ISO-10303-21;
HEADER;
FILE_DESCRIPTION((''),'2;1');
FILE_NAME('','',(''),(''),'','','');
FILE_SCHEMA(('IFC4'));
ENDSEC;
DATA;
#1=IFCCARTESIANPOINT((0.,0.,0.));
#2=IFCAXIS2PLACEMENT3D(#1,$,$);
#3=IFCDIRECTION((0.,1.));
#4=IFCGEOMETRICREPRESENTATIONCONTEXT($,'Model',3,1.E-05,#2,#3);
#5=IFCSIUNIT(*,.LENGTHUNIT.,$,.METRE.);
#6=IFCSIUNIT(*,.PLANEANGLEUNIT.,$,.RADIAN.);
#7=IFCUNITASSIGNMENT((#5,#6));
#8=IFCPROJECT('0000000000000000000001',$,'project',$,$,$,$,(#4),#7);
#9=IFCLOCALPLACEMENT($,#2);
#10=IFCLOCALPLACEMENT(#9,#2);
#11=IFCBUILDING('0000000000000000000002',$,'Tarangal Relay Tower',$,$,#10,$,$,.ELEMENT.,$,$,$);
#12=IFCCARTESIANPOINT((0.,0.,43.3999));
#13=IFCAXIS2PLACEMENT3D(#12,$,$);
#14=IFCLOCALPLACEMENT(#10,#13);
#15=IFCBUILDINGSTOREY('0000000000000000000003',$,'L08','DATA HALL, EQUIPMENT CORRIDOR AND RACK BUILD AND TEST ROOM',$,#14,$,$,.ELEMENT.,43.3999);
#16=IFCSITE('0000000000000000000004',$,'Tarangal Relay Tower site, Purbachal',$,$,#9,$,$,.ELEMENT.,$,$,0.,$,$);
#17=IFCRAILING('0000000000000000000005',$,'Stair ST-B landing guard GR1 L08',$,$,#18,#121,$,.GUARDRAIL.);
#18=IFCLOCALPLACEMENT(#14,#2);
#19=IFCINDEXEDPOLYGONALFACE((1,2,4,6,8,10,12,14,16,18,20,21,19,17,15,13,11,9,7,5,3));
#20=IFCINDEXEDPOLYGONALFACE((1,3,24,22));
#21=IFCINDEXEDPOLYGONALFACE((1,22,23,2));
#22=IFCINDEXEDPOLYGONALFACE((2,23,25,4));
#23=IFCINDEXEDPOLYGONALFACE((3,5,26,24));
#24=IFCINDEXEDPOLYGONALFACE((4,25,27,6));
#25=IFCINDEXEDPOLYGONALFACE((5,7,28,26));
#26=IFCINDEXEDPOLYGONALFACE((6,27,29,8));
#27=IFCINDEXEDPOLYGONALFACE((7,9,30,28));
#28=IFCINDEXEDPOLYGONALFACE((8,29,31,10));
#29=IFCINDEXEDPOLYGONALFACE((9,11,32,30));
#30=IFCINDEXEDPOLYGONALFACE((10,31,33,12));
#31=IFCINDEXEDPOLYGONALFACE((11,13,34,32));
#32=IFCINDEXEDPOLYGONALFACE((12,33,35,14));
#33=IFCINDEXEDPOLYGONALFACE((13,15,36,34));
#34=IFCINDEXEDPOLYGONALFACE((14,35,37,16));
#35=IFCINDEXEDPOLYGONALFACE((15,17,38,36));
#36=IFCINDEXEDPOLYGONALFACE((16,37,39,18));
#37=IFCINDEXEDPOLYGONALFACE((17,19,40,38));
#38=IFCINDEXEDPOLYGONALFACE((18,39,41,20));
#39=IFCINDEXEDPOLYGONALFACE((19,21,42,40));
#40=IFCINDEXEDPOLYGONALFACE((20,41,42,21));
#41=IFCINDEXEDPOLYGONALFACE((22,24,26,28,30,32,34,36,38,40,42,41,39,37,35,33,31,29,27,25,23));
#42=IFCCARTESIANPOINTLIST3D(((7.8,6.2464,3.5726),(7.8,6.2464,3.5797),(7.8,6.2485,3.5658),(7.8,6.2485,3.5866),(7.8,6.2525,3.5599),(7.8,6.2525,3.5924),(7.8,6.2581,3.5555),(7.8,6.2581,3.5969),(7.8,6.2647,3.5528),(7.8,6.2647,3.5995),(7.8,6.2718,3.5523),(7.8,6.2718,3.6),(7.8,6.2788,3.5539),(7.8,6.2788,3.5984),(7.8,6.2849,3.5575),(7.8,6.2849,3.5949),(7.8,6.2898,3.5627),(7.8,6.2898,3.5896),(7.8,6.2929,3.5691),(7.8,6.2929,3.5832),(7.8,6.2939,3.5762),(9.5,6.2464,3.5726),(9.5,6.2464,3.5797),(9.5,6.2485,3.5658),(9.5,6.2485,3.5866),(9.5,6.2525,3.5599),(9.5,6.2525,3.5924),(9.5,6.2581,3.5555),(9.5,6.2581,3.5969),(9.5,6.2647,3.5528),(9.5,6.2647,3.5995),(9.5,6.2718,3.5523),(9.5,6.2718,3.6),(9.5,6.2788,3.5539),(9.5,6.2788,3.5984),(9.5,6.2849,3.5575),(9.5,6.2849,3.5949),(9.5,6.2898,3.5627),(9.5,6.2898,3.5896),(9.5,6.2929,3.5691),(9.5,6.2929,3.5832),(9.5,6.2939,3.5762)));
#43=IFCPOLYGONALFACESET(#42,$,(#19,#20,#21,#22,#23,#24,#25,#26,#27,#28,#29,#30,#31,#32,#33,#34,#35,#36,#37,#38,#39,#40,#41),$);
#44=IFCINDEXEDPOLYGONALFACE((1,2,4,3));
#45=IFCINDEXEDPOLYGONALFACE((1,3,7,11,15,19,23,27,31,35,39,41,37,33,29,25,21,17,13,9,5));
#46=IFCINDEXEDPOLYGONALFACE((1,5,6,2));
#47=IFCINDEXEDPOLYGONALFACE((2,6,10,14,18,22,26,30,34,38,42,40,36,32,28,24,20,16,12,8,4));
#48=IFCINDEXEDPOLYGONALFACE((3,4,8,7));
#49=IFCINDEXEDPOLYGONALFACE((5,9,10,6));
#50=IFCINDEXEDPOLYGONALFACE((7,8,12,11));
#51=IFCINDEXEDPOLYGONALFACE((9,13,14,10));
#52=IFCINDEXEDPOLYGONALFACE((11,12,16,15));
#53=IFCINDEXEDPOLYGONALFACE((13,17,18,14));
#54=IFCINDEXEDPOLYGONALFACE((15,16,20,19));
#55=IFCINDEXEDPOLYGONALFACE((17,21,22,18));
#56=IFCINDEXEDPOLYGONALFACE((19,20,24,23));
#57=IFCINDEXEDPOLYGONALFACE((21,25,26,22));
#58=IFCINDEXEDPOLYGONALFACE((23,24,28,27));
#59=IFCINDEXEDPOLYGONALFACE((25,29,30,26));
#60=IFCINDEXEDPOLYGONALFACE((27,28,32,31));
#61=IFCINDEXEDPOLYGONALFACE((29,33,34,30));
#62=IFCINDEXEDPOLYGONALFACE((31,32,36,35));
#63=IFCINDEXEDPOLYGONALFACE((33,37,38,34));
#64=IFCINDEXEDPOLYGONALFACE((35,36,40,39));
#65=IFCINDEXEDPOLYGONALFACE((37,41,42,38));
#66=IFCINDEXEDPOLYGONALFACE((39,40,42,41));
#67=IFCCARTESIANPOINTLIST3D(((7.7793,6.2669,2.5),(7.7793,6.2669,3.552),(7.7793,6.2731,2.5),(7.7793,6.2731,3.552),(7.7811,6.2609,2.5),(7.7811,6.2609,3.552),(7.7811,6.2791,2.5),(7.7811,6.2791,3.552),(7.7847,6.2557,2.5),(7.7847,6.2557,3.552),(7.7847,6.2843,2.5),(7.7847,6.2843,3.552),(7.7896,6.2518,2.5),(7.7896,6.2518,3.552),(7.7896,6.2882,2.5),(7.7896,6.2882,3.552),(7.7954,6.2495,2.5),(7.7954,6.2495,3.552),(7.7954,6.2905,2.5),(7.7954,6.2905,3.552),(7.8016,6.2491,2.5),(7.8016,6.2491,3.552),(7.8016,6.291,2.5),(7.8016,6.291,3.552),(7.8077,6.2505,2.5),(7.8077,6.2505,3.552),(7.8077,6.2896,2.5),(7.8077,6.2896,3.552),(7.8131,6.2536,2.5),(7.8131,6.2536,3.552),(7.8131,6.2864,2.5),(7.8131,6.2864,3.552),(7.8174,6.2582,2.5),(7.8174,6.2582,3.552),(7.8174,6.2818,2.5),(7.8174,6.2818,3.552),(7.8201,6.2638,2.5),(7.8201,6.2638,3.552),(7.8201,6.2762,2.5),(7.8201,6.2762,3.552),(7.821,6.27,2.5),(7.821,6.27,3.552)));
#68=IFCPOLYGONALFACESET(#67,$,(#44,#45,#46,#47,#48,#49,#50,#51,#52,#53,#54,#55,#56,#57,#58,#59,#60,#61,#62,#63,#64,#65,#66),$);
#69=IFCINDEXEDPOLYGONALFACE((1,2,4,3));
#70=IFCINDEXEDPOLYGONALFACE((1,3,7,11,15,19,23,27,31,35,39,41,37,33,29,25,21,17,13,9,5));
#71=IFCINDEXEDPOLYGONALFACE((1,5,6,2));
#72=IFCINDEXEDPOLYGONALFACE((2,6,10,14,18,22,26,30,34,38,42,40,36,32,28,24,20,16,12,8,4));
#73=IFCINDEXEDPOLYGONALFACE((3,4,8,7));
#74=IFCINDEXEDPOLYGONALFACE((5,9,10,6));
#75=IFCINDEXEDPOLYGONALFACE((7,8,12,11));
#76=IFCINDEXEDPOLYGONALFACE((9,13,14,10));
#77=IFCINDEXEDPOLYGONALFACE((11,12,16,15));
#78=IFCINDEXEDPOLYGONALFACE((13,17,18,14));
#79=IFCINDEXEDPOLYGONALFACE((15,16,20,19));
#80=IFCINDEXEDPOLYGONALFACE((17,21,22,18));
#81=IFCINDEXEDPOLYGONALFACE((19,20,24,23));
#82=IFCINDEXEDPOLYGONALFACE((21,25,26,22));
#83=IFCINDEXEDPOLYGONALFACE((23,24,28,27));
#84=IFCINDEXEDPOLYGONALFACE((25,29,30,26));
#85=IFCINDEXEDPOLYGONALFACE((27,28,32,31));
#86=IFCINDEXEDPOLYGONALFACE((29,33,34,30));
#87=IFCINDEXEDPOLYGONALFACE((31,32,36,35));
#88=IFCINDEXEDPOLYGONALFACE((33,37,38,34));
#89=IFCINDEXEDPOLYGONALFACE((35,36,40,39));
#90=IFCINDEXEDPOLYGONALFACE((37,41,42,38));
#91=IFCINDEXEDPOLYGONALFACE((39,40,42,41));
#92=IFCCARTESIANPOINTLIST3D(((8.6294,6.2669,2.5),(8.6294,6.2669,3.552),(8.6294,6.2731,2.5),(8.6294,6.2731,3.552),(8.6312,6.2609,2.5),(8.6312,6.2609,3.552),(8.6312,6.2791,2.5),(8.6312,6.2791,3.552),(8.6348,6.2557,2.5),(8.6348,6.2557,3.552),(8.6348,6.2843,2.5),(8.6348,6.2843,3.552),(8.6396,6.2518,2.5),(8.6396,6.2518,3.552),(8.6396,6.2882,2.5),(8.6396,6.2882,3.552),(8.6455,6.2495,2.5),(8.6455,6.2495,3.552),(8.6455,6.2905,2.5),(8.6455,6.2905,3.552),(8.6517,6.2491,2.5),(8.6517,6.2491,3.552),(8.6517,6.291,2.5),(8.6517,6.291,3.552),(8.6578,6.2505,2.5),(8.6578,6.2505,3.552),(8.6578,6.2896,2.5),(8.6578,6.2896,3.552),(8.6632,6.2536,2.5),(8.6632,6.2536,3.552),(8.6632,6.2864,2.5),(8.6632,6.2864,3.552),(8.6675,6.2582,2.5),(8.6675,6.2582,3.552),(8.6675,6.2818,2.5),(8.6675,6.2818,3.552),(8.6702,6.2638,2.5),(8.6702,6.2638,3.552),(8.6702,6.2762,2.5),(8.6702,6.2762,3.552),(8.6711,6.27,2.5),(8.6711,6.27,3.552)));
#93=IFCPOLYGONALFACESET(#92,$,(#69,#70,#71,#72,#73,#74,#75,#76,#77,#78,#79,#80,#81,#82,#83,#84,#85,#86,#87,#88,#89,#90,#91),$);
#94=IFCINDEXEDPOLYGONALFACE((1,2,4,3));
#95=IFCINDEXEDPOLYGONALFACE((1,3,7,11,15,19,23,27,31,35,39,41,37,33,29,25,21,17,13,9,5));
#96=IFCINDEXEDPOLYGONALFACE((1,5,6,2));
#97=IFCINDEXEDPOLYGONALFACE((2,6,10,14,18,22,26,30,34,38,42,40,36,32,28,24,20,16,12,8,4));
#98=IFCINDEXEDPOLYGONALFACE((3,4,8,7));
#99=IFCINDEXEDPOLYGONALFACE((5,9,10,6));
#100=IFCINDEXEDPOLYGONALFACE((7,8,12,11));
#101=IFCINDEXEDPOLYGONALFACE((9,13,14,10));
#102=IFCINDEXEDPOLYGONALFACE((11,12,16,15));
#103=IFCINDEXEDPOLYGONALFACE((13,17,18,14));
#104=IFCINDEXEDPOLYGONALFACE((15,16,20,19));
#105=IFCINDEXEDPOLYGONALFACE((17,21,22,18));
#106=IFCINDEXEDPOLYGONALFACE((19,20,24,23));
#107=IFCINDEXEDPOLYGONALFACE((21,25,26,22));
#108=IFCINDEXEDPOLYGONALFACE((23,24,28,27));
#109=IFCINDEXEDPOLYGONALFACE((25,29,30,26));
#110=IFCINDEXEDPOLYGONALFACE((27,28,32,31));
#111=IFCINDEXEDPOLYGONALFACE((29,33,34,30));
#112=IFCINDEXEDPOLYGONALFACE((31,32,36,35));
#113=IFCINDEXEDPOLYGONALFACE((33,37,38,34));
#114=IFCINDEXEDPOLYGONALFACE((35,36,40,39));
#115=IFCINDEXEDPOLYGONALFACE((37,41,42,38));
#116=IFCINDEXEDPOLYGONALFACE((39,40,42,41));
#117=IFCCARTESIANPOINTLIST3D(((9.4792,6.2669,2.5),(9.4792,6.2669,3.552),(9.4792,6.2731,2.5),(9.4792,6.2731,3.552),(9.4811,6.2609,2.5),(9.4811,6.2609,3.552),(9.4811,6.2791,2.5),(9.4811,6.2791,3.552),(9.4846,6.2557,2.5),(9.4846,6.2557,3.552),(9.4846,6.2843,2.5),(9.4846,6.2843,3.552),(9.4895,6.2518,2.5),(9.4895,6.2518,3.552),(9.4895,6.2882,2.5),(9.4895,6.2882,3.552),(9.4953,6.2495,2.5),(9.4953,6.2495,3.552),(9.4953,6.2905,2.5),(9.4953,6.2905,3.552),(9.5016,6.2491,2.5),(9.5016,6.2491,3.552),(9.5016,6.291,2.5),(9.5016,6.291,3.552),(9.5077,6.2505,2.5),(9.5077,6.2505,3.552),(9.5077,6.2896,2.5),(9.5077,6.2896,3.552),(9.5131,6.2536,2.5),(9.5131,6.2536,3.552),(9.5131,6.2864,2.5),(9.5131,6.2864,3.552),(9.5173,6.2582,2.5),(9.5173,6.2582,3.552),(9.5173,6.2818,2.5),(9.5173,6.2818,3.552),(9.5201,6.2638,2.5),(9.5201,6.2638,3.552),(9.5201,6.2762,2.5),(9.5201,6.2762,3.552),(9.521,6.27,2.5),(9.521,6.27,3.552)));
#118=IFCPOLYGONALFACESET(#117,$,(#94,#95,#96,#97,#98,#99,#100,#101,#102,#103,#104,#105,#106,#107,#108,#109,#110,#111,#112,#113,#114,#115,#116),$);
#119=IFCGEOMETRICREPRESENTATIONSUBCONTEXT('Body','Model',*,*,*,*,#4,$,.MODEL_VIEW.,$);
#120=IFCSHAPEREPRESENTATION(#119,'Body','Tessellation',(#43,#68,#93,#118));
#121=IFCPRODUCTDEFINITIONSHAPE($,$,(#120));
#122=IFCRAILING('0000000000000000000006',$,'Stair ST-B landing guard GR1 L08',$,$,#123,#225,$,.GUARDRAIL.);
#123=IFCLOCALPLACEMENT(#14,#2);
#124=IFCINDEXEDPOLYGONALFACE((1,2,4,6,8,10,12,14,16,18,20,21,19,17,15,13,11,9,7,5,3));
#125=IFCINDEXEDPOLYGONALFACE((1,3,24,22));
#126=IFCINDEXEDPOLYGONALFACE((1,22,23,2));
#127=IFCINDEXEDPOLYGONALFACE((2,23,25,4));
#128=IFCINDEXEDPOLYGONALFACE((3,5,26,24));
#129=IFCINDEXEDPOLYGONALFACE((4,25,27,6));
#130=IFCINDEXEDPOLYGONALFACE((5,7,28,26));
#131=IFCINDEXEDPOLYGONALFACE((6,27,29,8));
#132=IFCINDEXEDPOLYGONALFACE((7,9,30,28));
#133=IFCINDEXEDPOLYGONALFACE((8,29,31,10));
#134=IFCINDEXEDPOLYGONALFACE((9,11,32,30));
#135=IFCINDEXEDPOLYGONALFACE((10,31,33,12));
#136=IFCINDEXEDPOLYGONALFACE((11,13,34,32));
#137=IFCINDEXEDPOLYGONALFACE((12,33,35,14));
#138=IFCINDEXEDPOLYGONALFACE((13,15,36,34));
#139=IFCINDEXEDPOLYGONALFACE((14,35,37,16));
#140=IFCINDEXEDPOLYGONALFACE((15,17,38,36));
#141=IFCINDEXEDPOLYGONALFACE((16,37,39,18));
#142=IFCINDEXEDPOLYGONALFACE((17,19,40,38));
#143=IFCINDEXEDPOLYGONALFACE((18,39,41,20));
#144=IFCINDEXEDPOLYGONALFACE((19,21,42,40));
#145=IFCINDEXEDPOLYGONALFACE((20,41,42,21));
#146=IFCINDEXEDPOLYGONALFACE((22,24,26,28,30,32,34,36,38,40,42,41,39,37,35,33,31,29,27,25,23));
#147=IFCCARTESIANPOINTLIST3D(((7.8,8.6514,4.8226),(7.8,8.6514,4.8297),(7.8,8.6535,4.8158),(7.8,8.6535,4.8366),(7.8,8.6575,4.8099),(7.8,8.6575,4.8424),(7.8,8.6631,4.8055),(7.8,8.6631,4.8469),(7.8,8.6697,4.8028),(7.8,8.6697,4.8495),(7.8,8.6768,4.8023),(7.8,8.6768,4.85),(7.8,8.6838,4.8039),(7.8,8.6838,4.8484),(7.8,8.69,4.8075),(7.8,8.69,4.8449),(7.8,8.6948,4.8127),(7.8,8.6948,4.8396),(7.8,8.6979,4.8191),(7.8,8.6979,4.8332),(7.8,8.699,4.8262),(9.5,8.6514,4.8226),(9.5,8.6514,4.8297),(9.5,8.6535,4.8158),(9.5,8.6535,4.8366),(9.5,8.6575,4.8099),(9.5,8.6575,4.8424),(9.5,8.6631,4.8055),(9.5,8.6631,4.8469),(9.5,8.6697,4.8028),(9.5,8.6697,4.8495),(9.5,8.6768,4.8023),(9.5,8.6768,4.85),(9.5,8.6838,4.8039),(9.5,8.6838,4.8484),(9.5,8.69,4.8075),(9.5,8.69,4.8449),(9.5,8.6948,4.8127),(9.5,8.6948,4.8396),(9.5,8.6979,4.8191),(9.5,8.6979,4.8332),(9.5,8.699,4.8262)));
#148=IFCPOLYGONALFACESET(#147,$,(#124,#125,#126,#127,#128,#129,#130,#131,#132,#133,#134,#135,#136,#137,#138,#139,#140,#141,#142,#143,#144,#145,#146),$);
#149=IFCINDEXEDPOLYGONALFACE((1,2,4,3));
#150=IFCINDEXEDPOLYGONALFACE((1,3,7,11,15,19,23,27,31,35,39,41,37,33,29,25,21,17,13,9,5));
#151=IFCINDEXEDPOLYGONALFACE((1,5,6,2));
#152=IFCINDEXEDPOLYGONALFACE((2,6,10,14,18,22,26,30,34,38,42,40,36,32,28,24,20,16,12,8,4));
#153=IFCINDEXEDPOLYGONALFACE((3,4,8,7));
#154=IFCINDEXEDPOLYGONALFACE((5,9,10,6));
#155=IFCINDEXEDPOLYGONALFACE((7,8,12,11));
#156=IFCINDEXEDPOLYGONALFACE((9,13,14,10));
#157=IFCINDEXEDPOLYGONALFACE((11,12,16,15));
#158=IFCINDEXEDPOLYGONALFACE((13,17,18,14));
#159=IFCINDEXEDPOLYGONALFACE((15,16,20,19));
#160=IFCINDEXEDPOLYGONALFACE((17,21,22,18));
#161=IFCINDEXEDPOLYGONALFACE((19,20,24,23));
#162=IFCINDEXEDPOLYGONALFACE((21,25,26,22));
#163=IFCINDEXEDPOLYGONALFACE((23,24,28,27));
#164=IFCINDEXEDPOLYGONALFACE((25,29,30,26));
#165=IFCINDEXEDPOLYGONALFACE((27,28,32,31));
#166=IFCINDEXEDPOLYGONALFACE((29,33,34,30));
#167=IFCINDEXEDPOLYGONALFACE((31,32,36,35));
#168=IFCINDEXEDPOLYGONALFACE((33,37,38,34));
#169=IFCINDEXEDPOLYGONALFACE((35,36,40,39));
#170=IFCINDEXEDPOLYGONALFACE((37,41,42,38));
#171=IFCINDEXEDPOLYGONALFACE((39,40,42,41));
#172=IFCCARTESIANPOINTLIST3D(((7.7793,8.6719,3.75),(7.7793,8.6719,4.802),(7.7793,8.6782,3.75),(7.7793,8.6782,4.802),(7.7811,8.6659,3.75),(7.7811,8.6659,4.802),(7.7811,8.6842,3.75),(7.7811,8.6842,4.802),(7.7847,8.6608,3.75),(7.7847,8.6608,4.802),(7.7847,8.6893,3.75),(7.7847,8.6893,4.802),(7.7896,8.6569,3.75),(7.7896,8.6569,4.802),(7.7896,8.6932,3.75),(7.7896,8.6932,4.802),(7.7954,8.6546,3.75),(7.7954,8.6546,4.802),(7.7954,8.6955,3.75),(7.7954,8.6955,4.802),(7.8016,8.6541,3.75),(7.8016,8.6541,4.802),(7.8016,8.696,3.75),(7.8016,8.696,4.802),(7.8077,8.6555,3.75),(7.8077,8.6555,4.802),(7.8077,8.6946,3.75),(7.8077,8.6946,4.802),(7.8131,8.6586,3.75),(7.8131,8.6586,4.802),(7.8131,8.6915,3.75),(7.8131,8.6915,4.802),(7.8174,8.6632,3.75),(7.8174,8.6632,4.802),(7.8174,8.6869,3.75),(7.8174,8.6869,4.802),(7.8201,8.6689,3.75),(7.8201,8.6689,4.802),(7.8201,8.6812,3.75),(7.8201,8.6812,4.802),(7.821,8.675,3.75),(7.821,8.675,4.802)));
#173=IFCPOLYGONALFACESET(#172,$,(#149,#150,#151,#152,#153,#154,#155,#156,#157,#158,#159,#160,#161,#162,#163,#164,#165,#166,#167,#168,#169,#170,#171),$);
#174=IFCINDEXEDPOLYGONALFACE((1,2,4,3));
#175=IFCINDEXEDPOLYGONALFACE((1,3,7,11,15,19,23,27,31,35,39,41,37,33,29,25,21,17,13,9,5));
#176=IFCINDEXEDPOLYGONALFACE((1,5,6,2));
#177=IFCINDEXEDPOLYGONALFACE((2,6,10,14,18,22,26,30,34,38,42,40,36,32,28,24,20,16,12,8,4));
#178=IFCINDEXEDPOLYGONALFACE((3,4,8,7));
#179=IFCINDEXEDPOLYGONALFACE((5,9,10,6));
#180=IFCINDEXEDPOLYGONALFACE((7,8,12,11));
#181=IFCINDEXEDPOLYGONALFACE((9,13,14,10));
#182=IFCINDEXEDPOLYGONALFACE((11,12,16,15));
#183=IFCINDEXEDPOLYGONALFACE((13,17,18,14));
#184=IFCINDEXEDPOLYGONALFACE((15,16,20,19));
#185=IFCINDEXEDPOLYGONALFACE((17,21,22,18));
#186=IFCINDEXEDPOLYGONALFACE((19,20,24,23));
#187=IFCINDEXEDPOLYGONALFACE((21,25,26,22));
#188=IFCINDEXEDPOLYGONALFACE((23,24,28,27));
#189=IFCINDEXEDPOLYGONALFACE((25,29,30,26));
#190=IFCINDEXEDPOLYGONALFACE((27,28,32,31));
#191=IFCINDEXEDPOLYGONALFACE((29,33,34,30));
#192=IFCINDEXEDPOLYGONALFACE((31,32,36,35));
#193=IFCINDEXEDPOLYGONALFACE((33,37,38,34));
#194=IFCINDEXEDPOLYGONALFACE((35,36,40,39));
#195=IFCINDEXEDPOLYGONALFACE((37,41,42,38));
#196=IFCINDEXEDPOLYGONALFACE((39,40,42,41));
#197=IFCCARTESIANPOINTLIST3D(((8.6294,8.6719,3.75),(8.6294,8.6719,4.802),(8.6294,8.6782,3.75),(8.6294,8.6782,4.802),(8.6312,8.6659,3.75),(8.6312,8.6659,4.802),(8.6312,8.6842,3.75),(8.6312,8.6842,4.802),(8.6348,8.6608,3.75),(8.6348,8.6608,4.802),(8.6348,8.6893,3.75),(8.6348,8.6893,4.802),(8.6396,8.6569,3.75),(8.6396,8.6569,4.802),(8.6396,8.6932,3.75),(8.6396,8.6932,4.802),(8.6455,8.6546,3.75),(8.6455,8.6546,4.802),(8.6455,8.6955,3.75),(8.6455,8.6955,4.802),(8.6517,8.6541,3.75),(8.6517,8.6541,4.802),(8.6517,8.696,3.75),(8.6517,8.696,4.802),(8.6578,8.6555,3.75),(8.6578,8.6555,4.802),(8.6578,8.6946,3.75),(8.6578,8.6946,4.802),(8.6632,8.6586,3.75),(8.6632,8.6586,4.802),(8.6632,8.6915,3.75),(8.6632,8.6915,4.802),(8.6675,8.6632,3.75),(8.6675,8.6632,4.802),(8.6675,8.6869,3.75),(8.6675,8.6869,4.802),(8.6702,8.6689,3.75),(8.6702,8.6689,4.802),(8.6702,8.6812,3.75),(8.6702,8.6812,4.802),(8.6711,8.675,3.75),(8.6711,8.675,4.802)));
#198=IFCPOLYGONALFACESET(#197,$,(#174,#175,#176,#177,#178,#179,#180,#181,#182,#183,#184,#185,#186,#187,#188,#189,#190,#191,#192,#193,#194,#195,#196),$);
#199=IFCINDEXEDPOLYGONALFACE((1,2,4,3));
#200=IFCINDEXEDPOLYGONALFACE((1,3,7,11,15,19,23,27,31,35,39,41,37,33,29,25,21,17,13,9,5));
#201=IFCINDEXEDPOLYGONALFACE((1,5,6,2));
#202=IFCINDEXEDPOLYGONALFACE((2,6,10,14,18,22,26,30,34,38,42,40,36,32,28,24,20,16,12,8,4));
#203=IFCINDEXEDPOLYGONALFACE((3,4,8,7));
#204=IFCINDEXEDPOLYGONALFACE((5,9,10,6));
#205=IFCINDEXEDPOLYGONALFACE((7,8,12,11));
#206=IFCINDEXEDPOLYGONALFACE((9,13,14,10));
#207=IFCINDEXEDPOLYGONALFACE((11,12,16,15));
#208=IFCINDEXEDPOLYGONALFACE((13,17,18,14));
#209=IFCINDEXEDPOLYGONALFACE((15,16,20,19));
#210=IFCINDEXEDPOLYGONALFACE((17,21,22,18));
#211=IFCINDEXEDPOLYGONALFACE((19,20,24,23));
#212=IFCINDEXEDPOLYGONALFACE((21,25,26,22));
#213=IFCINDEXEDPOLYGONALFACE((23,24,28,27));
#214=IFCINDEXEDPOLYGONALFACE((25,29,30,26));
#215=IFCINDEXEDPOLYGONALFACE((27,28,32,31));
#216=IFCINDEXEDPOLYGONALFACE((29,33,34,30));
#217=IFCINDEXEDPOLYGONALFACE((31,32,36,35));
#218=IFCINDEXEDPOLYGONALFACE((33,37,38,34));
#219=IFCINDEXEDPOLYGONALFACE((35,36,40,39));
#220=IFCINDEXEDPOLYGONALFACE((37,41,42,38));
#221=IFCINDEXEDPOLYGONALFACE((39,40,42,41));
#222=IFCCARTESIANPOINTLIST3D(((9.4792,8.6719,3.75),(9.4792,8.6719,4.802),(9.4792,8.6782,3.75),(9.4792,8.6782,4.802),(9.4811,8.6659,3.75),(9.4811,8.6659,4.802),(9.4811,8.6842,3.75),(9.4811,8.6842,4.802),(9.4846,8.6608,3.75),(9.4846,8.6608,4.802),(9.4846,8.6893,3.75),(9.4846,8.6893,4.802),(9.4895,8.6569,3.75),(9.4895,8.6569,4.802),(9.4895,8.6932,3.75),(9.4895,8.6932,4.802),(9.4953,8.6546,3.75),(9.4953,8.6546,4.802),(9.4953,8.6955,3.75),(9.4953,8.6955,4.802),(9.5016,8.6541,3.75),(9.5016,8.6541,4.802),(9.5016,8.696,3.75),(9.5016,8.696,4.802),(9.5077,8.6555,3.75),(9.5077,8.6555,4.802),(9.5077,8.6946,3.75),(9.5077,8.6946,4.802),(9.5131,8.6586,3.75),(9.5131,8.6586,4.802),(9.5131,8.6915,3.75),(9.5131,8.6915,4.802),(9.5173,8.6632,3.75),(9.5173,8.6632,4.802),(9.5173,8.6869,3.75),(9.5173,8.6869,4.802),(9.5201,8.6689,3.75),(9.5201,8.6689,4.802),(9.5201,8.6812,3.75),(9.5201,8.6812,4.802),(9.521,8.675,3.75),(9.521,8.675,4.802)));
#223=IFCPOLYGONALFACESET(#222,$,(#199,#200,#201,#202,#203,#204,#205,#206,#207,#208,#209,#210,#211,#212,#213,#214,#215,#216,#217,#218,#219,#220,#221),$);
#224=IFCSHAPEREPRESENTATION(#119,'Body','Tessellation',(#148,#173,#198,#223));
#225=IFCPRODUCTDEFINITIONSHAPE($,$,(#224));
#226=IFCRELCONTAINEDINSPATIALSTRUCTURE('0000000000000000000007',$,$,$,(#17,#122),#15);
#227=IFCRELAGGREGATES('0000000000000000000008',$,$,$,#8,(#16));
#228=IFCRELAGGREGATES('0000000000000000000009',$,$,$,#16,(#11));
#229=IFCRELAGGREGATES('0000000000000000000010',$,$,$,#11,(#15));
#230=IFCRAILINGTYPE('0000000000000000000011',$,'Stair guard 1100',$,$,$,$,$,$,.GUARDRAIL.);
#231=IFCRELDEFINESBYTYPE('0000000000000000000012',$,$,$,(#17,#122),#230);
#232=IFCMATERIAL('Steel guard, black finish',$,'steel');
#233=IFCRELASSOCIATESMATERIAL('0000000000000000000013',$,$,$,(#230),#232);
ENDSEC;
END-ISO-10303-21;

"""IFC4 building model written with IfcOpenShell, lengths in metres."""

from ifc_helpers import new_model, si_unit, direction, frame, origin, origin_2d, place, context, subcontext, project, spatial, circle, extrude, material, type_object, element, save


model = new_model("IFC4")

# Units and contexts
model_context = context("Model", 3, precision=1e-05, world=origin(), true_north=direction((0.0, 1.0)))
body_context = subcontext(model_context, "Body", "Model", "MODEL_VIEW")
ifc_project = project(units=[si_unit("LENGTHUNIT", "METRE"), si_unit("PLANEANGLEUNIT", "RADIAN")], contexts=[model_context])

# Site, building, storey
site_placement = place(None, origin())
site = spatial("IfcSite", under=ifc_project, at=site_placement, Name="Tarangal Relay Tower site, Purbachal", CompositionType="ELEMENT", RefElevation=0.0)
building_placement = place(site_placement, origin())
building = spatial("IfcBuilding", under=site, at=building_placement, Name="Tarangal Relay Tower", CompositionType="ELEMENT")
storey_placement = place(building_placement, frame((0.0, 0.0, 43.3999)))
storey = spatial("IfcBuildingStorey", under=building, at=storey_placement, Name="L08", Description="DATA HALL, EQUIPMENT CORRIDOR AND RACK BUILD AND TEST ROOM", CompositionType="ELEMENT", Elevation=43.3999)

# Railings
ifc_material_1 = material(Name="Steel guard, black finish", Category="steel")
railing_type_1 = type_object("IfcRailingType", Name="Stair guard 1100", PredefinedType="GUARDRAIL", material=ifc_material_1)
for number, where, name in (
    (1, (7.8, 6.27, 2.5), "Stair ST-B landing guard GR1 L08"),
    (2, (7.8, 8.675, 3.75), "Stair ST-B landing guard GR1 L08"),
):
    element("IfcRailing", number, at=place(storey_placement, frame(where)), inside=storey, type_object=railing_type_1, Name=name, PredefinedType="GUARDRAIL", context=body_context, shape_type="SweptSolid", body=[
        extrude(circle(Radius=0.0239, at=origin_2d()), frame((0.0, 0.0, 1.0762), z_axis=(1.0, 0.0, 0.0), x_axis=(0.0, 1.0, 0.0)), (0.0, 0.0, 1.0), 1.7),
        extrude(circle(Radius=0.021, at=origin_2d()), origin(), (0.0, 0.0, 1.0), 1.052),
        extrude(circle(Radius=0.021, at=origin_2d()), frame((0.8501, 0.0, 0.0)), (0.0, 0.0, 1.0), 1.052),
        extrude(circle(Radius=0.021, at=origin_2d()), frame((1.7, 0.0, 0.0)), (0.0, 0.0, 1.0), 1.052),
    ])

save(model, "model.ifc")
